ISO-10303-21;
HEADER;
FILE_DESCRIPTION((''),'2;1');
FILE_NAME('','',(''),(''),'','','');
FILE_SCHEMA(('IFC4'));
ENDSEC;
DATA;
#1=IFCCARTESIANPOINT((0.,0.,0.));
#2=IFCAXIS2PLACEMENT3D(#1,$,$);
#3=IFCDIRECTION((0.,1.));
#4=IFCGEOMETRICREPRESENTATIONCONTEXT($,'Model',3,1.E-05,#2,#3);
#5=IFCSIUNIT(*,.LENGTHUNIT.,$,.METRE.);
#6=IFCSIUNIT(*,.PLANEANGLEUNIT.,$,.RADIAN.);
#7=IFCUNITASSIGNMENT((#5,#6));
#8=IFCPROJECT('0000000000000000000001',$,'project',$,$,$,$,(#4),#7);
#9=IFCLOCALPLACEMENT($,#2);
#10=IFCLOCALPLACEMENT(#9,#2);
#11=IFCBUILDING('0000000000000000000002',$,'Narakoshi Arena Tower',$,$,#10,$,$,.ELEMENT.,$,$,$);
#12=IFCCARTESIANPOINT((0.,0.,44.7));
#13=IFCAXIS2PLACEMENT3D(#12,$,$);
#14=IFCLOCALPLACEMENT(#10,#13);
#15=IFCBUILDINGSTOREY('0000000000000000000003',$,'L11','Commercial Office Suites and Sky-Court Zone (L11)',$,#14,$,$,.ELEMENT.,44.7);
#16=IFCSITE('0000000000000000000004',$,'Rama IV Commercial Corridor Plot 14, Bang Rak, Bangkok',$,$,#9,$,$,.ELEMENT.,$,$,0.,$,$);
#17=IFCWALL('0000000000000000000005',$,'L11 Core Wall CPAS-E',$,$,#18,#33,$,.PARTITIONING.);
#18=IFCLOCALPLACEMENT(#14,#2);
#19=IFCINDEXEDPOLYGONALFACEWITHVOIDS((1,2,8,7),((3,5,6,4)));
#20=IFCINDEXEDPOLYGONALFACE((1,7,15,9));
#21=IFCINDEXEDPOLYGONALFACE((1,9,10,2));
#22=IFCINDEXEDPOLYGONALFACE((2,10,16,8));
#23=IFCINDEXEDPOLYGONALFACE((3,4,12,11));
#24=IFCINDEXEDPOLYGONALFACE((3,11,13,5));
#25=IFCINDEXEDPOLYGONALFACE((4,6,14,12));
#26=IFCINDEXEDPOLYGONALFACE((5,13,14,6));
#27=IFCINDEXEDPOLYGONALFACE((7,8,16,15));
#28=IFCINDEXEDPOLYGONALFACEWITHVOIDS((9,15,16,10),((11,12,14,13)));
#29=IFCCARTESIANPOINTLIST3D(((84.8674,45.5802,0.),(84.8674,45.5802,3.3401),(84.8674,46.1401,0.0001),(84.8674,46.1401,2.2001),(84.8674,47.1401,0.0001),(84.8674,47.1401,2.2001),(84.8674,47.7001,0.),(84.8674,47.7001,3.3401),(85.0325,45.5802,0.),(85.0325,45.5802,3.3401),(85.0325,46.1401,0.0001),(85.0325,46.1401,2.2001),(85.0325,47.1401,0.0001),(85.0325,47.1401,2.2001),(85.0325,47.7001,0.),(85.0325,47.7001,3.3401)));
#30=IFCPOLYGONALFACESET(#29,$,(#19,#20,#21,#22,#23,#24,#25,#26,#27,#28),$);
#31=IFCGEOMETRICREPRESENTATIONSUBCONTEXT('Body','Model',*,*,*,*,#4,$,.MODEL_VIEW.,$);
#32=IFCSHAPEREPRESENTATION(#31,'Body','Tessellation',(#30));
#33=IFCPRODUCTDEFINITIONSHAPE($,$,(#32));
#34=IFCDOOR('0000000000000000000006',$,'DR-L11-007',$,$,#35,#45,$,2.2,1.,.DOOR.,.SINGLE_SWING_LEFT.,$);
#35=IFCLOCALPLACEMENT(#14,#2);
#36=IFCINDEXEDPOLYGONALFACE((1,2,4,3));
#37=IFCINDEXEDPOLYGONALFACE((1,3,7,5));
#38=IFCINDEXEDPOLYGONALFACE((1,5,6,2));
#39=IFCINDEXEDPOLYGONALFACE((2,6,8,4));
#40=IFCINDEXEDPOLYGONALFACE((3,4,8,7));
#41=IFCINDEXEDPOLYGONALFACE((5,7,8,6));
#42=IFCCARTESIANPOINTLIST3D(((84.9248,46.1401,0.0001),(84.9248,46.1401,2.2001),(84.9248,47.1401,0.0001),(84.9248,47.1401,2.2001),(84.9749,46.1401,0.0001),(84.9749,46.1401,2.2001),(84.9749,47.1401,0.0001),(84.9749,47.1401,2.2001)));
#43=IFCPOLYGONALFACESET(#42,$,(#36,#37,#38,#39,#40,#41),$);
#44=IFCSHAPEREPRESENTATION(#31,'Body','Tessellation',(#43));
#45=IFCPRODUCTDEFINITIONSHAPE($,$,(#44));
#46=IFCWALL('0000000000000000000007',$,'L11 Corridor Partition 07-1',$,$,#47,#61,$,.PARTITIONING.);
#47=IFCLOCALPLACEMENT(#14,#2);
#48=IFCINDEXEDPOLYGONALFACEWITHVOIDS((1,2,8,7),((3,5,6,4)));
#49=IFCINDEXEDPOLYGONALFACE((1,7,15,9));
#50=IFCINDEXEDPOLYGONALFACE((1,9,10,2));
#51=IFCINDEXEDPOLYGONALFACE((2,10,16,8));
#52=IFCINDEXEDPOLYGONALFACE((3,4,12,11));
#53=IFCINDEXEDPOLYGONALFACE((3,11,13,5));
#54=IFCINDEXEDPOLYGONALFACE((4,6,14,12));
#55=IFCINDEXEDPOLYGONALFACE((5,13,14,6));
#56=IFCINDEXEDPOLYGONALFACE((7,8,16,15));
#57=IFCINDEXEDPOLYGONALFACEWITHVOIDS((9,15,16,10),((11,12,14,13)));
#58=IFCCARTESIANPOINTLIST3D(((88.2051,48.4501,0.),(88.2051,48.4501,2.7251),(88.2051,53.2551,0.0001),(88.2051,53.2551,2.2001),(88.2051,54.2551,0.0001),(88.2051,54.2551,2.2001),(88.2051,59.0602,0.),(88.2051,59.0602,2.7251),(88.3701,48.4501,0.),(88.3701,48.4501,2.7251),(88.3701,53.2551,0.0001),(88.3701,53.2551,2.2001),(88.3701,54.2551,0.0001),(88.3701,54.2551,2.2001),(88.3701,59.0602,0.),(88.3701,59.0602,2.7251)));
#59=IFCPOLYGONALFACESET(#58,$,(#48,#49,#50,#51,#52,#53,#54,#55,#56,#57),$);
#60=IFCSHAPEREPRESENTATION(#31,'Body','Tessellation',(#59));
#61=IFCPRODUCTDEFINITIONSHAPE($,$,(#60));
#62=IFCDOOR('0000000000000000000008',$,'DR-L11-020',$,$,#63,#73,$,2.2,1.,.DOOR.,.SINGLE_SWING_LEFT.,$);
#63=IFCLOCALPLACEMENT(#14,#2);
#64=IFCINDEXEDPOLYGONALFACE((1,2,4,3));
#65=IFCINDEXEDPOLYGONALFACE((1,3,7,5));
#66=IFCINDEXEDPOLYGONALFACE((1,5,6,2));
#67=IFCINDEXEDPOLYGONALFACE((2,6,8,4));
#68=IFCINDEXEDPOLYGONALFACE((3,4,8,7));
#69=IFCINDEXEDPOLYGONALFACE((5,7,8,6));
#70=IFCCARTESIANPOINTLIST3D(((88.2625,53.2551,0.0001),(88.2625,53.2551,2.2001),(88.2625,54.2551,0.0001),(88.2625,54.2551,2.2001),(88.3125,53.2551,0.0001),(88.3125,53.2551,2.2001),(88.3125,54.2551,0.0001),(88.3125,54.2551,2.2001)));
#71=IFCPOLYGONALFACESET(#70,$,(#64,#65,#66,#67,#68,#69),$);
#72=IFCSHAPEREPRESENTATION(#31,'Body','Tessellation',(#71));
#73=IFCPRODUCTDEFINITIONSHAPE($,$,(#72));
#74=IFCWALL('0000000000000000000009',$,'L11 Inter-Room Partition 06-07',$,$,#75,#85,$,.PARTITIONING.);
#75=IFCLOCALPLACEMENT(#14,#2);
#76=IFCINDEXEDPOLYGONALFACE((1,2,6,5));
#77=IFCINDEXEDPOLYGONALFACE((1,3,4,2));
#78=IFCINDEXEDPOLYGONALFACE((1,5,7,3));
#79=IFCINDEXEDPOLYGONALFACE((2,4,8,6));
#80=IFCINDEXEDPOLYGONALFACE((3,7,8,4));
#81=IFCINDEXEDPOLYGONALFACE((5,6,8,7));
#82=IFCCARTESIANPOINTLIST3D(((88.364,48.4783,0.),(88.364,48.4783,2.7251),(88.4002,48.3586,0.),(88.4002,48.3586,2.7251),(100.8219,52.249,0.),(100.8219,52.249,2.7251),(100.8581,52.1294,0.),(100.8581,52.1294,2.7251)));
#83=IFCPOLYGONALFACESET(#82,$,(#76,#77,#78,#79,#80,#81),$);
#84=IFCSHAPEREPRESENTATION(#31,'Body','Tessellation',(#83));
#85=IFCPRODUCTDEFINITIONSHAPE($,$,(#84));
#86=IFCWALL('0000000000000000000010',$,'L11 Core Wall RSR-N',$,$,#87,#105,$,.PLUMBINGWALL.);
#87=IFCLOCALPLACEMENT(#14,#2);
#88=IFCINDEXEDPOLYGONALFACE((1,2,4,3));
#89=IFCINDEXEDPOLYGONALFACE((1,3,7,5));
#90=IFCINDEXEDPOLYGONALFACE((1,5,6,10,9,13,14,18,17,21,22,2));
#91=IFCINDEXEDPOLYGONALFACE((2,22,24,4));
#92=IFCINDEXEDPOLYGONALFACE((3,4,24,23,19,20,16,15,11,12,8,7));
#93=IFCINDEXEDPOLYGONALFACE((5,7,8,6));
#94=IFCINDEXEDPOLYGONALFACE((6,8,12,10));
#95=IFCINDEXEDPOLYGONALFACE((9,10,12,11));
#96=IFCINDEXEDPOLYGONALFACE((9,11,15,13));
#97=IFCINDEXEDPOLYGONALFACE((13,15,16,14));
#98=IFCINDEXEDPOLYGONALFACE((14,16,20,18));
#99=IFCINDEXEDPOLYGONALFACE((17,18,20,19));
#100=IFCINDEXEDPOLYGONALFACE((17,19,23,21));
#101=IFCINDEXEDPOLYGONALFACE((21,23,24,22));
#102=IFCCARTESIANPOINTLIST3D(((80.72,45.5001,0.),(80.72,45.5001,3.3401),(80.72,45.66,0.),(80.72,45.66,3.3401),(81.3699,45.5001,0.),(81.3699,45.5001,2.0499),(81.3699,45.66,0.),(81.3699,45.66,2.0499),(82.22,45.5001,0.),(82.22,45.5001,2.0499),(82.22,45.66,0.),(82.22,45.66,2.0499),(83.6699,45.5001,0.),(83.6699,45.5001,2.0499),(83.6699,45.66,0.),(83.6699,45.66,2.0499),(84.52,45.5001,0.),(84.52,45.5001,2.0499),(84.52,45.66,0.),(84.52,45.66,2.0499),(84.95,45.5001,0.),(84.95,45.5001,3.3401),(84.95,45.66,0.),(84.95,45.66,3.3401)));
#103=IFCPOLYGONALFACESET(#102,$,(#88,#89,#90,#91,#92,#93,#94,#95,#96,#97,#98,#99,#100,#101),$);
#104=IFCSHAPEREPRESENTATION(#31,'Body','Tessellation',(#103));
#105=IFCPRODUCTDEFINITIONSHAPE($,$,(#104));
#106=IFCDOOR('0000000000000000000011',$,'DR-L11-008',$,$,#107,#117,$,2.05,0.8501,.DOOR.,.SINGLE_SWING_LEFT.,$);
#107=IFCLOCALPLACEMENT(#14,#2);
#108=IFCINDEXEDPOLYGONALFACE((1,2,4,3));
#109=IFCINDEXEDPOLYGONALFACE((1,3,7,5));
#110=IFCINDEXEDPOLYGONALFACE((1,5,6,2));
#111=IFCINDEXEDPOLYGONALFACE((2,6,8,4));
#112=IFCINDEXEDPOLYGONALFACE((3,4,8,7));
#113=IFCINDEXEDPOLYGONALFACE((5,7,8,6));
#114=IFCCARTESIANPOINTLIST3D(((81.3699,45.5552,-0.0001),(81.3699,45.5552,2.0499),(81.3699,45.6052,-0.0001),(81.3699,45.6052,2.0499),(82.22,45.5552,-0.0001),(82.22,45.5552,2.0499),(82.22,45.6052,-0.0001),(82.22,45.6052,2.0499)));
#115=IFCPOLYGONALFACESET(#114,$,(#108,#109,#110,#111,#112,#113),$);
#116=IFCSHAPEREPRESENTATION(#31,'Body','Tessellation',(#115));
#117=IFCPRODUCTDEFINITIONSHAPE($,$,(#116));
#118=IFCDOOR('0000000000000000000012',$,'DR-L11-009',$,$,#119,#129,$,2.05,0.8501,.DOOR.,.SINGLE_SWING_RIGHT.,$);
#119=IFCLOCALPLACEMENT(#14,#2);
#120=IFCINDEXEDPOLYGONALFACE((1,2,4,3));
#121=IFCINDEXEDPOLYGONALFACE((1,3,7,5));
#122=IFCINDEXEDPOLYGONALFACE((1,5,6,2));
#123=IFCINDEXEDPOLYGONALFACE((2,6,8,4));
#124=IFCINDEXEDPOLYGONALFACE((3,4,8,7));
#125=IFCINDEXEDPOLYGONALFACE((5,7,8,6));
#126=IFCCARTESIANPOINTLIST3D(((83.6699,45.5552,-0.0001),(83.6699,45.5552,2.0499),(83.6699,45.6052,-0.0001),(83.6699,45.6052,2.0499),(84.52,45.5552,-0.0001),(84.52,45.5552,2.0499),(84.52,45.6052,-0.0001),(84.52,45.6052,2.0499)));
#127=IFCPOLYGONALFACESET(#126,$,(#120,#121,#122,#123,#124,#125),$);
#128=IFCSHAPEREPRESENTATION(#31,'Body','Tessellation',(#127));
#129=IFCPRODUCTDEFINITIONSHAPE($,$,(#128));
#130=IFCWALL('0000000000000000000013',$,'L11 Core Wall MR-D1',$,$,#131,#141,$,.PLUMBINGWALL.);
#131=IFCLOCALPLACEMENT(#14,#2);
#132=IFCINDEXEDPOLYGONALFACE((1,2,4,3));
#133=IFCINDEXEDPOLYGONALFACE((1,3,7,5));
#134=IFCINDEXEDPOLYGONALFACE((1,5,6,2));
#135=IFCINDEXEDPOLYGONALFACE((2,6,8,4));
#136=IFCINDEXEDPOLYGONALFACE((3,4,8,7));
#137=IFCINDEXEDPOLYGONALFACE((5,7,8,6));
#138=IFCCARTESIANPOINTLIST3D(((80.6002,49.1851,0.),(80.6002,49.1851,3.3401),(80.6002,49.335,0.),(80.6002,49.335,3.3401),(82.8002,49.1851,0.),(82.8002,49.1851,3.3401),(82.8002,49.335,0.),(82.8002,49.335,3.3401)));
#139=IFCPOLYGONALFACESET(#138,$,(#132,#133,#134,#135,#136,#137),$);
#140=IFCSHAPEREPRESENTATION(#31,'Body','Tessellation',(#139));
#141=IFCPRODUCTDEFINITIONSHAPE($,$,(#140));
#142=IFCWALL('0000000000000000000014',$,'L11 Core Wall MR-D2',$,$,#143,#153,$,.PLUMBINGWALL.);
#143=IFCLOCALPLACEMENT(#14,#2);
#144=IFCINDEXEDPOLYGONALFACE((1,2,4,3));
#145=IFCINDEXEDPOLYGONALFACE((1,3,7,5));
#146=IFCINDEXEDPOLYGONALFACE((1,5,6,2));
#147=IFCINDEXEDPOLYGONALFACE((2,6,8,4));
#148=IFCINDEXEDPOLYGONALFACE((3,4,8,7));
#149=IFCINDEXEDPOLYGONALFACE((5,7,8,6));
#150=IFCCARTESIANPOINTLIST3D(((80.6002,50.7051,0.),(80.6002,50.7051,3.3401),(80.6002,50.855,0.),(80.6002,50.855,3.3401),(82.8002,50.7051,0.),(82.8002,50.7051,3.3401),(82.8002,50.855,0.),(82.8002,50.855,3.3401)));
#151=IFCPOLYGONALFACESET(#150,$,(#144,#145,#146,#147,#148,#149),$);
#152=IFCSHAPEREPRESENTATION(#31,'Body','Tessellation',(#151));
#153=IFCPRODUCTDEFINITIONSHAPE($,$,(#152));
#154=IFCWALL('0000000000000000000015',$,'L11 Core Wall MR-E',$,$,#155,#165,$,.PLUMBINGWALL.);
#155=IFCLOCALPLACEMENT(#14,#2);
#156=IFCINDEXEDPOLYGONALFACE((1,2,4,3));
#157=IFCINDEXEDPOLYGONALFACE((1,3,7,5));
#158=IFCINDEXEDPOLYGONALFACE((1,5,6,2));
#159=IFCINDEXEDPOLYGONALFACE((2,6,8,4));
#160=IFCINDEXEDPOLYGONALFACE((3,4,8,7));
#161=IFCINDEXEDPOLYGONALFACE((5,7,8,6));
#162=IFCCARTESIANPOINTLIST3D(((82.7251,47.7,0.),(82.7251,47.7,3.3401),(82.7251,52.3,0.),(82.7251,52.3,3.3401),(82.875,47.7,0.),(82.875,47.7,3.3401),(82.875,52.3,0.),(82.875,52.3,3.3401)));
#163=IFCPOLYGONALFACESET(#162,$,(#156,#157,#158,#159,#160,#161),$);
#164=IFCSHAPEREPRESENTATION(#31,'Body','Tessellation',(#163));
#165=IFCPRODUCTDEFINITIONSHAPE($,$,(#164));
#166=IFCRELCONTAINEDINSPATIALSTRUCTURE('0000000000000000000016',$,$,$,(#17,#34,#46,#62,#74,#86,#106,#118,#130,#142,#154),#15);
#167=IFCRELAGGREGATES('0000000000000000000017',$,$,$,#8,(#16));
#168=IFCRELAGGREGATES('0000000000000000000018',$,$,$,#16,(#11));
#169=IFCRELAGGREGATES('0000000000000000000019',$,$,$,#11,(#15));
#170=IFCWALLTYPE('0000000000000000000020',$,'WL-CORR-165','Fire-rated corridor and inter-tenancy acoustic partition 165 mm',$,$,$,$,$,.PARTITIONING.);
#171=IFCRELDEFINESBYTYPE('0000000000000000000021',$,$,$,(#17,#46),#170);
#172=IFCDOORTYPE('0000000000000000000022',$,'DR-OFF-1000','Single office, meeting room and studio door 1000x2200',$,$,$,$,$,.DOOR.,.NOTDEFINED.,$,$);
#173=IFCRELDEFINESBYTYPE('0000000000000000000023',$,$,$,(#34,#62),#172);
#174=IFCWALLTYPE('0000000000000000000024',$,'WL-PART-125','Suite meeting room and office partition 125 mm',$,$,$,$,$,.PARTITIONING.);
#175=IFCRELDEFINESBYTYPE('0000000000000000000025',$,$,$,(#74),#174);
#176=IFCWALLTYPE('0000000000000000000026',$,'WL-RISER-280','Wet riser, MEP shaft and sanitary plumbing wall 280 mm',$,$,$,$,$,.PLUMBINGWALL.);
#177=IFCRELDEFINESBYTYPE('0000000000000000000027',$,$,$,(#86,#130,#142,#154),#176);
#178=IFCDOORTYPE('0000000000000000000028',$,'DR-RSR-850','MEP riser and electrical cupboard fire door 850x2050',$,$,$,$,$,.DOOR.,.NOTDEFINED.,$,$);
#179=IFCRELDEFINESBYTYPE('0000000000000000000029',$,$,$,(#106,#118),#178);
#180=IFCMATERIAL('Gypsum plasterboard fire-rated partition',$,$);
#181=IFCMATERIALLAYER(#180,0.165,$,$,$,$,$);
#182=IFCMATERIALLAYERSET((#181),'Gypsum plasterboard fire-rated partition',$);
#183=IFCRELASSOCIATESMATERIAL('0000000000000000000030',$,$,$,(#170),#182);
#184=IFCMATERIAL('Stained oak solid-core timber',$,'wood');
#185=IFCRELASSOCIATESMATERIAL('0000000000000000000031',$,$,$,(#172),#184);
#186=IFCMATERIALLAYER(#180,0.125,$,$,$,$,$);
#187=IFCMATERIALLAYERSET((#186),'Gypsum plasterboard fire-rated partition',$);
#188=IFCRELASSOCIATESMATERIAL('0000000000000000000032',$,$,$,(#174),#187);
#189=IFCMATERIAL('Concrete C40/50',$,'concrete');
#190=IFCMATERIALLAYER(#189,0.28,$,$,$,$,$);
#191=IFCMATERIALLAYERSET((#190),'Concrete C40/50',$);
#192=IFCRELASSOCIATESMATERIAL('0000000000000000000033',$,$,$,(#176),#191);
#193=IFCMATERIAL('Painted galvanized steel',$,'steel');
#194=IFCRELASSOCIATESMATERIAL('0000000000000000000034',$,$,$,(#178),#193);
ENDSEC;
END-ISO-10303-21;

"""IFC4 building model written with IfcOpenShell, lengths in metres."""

from ifc_helpers import new_model, si_unit, direction, frame, frame_2d, origin, place, context, subcontext, project, spatial, rectangle, extrude, material, layer, layer_set, type_object, element, fill, save


model = new_model("IFC4")

# Units and contexts
model_context = context("Model", 3, precision=1e-05, world=origin(), true_north=direction((0.0, 1.0)))
body_context = subcontext(model_context, "Body", "Model", "MODEL_VIEW")
ifc_project = project(units=[si_unit("LENGTHUNIT", "METRE"), si_unit("PLANEANGLEUNIT", "RADIAN")], contexts=[model_context])

# Site, building, storey
site_placement = place(None, origin())
site = spatial("IfcSite", under=ifc_project, at=site_placement, Name="Rama IV Commercial Corridor Plot 14, Bang Rak, Bangkok", CompositionType="ELEMENT", RefElevation=0.0)
building_placement = place(site_placement, origin())
building = spatial("IfcBuilding", under=site, at=building_placement, Name="Narakoshi Arena Tower", CompositionType="ELEMENT")
storey_placement = place(building_placement, frame((0.0, 0.0, 44.7)))
storey = spatial("IfcBuildingStorey", under=building, at=storey_placement, Name="L11", Description="Commercial Office Suites and Sky-Court Zone (L11)", CompositionType="ELEMENT", Elevation=44.7)

# Walls, openings, doors
ifc_material_1 = material(Name="Gypsum plasterboard fire-rated partition")
ifc_layer_1 = layer(ifc_material_1, 0.165)
ifc_layer_set_1 = layer_set([ifc_layer_1], Name="Gypsum plasterboard fire-rated partition")
wall_type_1 = type_object("IfcWallType", Name="WL-CORR-165", Description="Fire-rated corridor and inter-tenancy acoustic partition 165 mm", PredefinedType="PARTITIONING", material=ifc_layer_set_1)
wall_1_placement = place(storey_placement, frame((84.95, 45.5801, 0.0), z_axis=(0.0, 0.0, 1.0), x_axis=(0.0, 1.0, 0.0)))
wall_1 = element("IfcWall", 1, at=wall_1_placement, inside=storey, type_object=wall_type_1, Name="L11 Core Wall CPAS-E", PredefinedType="PARTITIONING", context=body_context, shape_type="SweptSolid", body=[
    extrude(rectangle(XDim=2.1199, YDim=0.165, at=frame_2d((1.0601, 0.0))), origin(), (0.0, 0.0, 1.0), 3.3401),
])
opening_1_placement = place(wall_1_placement, frame((0.5601, 0.0, 0.0)))
opening_1 = element("IfcOpeningElement", 2, at=opening_1_placement, cuts=wall_1, PredefinedType="OPENING", context=body_context, shape_type="SweptSolid", body=[
    extrude(rectangle(XDim=1.0, YDim=2.2, at=frame_2d((0.5, 1.1001))), frame((0.0, 0.0925, 0.0), z_axis=(0.0, -1.0, 0.0), x_axis=(1.0, 0.0, 0.0)), (0.0, 0.0, 1.0), 0.1851),
])
ifc_material_2 = material(Name="Stained oak solid-core timber", Category="wood")
door_type_1 = type_object("IfcDoorType", Name="DR-OFF-1000", Description="Single office, meeting room and studio door 1000x2200", OperationType="NOTDEFINED", PredefinedType="DOOR", material=ifc_material_2)
door_1_placement = place(opening_1_placement, frame((1.0, 0.0, 0.0), z_axis=(0.0, 0.0, 1.0), x_axis=(-1.0, 0.0, 0.0)))
door_1 = element("IfcDoor", 3, at=door_1_placement, inside=storey, type_object=door_type_1, Name="DR-L11-007", OperationType="SINGLE_SWING_LEFT", OverallHeight=2.2, OverallWidth=1.0, PredefinedType="DOOR", context=body_context, shape_type="SweptSolid", body=[
    extrude(rectangle(XDim=1.0, YDim=2.2, at=frame_2d((0.5, 1.1001))), frame((0.0, 0.0249, 0.0), z_axis=(0.0, -1.0, 0.0), x_axis=(1.0, 0.0, 0.0)), (0.0, 0.0, 1.0), 0.05),
])
fill(opening_1, door_1)
wall_2_placement = place(storey_placement, frame((88.2876, 48.45, 0.0), z_axis=(0.0, 0.0, 1.0), x_axis=(0.0, 1.0, 0.0)))
wall_2 = element("IfcWall", 4, at=wall_2_placement, inside=storey, type_object=wall_type_1, Name="L11 Corridor Partition 07-1", PredefinedType="PARTITIONING", context=body_context, shape_type="SweptSolid", body=[
    extrude(rectangle(XDim=10.6101, YDim=0.165, at=frame_2d((5.3052, 0.0))), origin(), (0.0, 0.0, 1.0), 2.7251),
])
opening_2_placement = place(wall_2_placement, frame((4.8052, 0.0, 0.0)))
opening_2 = element("IfcOpeningElement", 5, at=opening_2_placement, cuts=wall_2, PredefinedType="OPENING", context=body_context, shape_type="SweptSolid", body=[
    extrude(rectangle(XDim=1.0, YDim=2.2, at=frame_2d((0.5, 1.1001))), frame((0.0, 0.0925, 0.0), z_axis=(0.0, -1.0, 0.0), x_axis=(1.0, 0.0, 0.0)), (0.0, 0.0, 1.0), 0.1851),
])
door_2_placement = place(opening_2_placement, frame((1.0, 0.0, 0.0), z_axis=(0.0, 0.0, 1.0), x_axis=(-1.0, 0.0, 0.0)))
door_2 = element("IfcDoor", 6, at=door_2_placement, inside=storey, type_object=door_type_1, Name="DR-L11-020", OperationType="SINGLE_SWING_LEFT", OverallHeight=2.2, OverallWidth=1.0, PredefinedType="DOOR", context=body_context, shape_type="SweptSolid", body=[
    extrude(rectangle(XDim=1.0, YDim=2.2, at=frame_2d((0.5, 1.1001))), frame((0.0, 0.0249, 0.0), z_axis=(0.0, -1.0, 0.0), x_axis=(1.0, 0.0, 0.0)), (0.0, 0.0, 1.0), 0.05),
])
fill(opening_2, door_2)

# Wall
ifc_layer_2 = layer(ifc_material_1, 0.125)
ifc_layer_set_2 = layer_set([ifc_layer_2], Name="Gypsum plasterboard fire-rated partition")
wall_type_2 = type_object("IfcWallType", Name="WL-PART-125", Description="Suite meeting room and office partition 125 mm", PredefinedType="PARTITIONING", material=ifc_layer_set_2)
wall_3_placement = place(storey_placement, frame((88.3821, 48.4185, 0.0), z_axis=(0.0, 0.0, 1.0), x_axis=(0.957118, 0.289698, 0.0)))
element("IfcWall", 7, at=wall_3_placement, inside=storey, type_object=wall_type_2, Name="L11 Inter-Room Partition 06-07", PredefinedType="PARTITIONING", context=body_context, shape_type="SweptSolid", body=[
    extrude(rectangle(XDim=13.0161, YDim=0.125, at=frame_2d((6.5081, 0.0))), origin(), (0.0, 0.0, 1.0), 2.7251),
])

# Wall, openings, doors
ifc_material_3 = material(Name="Concrete C40/50", Category="concrete")
ifc_layer_3 = layer(ifc_material_3, 0.28)
ifc_layer_set_3 = layer_set([ifc_layer_3], Name="Concrete C40/50")
wall_type_3 = type_object("IfcWallType", Name="WL-RISER-280", Description="Wet riser, MEP shaft and sanitary plumbing wall 280 mm", PredefinedType="PLUMBINGWALL", material=ifc_layer_set_3)
wall_4_placement = place(storey_placement, frame((80.72, 45.5801, 0.0), z_axis=(0.0, 0.0, 1.0), x_axis=(1.0, 0.0, 0.0)))
wall_4 = element("IfcWall", 8, at=wall_4_placement, inside=storey, type_object=wall_type_3, Name="L11 Core Wall RSR-N", PredefinedType="PLUMBINGWALL", context=body_context, shape_type="SweptSolid", body=[
    extrude(rectangle(XDim=4.23, YDim=0.1599, at=frame_2d((2.115, 0.0))), origin(), (0.0, 0.0, 1.0), 3.3401),
])
opening_3_placement = place(wall_4_placement, frame((0.6499, 0.0, 0.0)))
opening_3 = element("IfcOpeningElement", 9, at=opening_3_placement, cuts=wall_4, PredefinedType="OPENING", context=body_context, shape_type="SweptSolid", body=[
    extrude(rectangle(XDim=0.8501, YDim=2.05, at=frame_2d((0.425, 1.0249))), frame((0.0, 0.0898, 0.0), z_axis=(0.0, -1.0, 0.0), x_axis=(1.0, 0.0, 0.0)), (0.0, 0.0, 1.0), 0.1799),
])
opening_4_placement = place(wall_4_placement, frame((2.95, 0.0, 0.0)))
opening_4 = element("IfcOpeningElement", 10, at=opening_4_placement, cuts=wall_4, PredefinedType="OPENING", context=body_context, shape_type="SweptSolid", body=[
    extrude(rectangle(XDim=0.8501, YDim=2.05, at=frame_2d((0.425, 1.0249))), frame((0.0, 0.0898, 0.0), z_axis=(0.0, -1.0, 0.0), x_axis=(1.0, 0.0, 0.0)), (0.0, 0.0, 1.0), 0.1799),
])
ifc_material_4 = material(Name="Painted galvanized steel", Category="steel")
door_type_2 = type_object("IfcDoorType", Name="DR-RSR-850", Description="MEP riser and electrical cupboard fire door 850x2050", OperationType="NOTDEFINED", PredefinedType="DOOR", material=ifc_material_4)
door_3_placement = place(opening_3_placement, frame((0.8501, 0.0, 0.0), z_axis=(0.0, 0.0, 1.0), x_axis=(-1.0, 0.0, 0.0)))
door_3 = element("IfcDoor", 11, at=door_3_placement, inside=storey, type_object=door_type_2, Name="DR-L11-008", OperationType="SINGLE_SWING_LEFT", OverallHeight=2.05, OverallWidth=0.8501, PredefinedType="DOOR", context=body_context, shape_type="SweptSolid", body=[
    extrude(rectangle(XDim=0.8501, YDim=2.05, at=frame_2d((0.425, 1.0249))), frame((0.0, 0.0249, 0.0), z_axis=(0.0, -1.0, 0.0), x_axis=(1.0, 0.0, 0.0)), (0.0, 0.0, 1.0), 0.05),
])
fill(opening_3, door_3)
door_4_placement = place(opening_4_placement, frame((0.8501, 0.0, 0.0), z_axis=(0.0, 0.0, 1.0), x_axis=(-1.0, 0.0, 0.0)))
door_4 = element("IfcDoor", 12, at=door_4_placement, inside=storey, type_object=door_type_2, Name="DR-L11-009", OperationType="SINGLE_SWING_RIGHT", OverallHeight=2.05, OverallWidth=0.8501, PredefinedType="DOOR", context=body_context, shape_type="SweptSolid", body=[
    extrude(rectangle(XDim=0.8501, YDim=2.05, at=frame_2d((0.425, 1.0249))), frame((0.0, 0.0249, 0.0), z_axis=(0.0, -1.0, 0.0), x_axis=(1.0, 0.0, 0.0)), (0.0, 0.0, 1.0), 0.05),
])
fill(opening_4, door_4)

# Walls
for number, where, z_axis, x_axis, name in (
    (13, (80.6001, 49.26, 0.0), (0.0, 0.0, 1.0), (1.0, 0.0, 0.0), "L11 Core Wall MR-D1"),
    (14, (80.6001, 50.78, 0.0), (0.0, 0.0, 1.0), (1.0, 0.0, 0.0), "L11 Core Wall MR-D2"),
):
    element("IfcWall", number, at=place(storey_placement, frame(where, z_axis=z_axis, x_axis=x_axis)), inside=storey, type_object=wall_type_3, Name=name, PredefinedType="PLUMBINGWALL", context=body_context, shape_type="SweptSolid", body=[
        extrude(rectangle(XDim=2.2, YDim=0.1499, at=frame_2d((1.1001, 0.0))), origin(), (0.0, 0.0, 1.0), 3.3401),
    ])
wall_5_placement = place(storey_placement, frame((82.8, 47.7, 0.0), z_axis=(0.0, 0.0, 1.0), x_axis=(0.0, 1.0, 0.0)))
element("IfcWall", 15, at=wall_5_placement, inside=storey, type_object=wall_type_3, Name="L11 Core Wall MR-E", PredefinedType="PLUMBINGWALL", context=body_context, shape_type="SweptSolid", body=[
    extrude(rectangle(XDim=4.6001, YDim=0.1499, at=frame_2d((2.3, 0.0))), origin(), (0.0, 0.0, 1.0), 3.3401),
])

save(model, "model.ifc")
